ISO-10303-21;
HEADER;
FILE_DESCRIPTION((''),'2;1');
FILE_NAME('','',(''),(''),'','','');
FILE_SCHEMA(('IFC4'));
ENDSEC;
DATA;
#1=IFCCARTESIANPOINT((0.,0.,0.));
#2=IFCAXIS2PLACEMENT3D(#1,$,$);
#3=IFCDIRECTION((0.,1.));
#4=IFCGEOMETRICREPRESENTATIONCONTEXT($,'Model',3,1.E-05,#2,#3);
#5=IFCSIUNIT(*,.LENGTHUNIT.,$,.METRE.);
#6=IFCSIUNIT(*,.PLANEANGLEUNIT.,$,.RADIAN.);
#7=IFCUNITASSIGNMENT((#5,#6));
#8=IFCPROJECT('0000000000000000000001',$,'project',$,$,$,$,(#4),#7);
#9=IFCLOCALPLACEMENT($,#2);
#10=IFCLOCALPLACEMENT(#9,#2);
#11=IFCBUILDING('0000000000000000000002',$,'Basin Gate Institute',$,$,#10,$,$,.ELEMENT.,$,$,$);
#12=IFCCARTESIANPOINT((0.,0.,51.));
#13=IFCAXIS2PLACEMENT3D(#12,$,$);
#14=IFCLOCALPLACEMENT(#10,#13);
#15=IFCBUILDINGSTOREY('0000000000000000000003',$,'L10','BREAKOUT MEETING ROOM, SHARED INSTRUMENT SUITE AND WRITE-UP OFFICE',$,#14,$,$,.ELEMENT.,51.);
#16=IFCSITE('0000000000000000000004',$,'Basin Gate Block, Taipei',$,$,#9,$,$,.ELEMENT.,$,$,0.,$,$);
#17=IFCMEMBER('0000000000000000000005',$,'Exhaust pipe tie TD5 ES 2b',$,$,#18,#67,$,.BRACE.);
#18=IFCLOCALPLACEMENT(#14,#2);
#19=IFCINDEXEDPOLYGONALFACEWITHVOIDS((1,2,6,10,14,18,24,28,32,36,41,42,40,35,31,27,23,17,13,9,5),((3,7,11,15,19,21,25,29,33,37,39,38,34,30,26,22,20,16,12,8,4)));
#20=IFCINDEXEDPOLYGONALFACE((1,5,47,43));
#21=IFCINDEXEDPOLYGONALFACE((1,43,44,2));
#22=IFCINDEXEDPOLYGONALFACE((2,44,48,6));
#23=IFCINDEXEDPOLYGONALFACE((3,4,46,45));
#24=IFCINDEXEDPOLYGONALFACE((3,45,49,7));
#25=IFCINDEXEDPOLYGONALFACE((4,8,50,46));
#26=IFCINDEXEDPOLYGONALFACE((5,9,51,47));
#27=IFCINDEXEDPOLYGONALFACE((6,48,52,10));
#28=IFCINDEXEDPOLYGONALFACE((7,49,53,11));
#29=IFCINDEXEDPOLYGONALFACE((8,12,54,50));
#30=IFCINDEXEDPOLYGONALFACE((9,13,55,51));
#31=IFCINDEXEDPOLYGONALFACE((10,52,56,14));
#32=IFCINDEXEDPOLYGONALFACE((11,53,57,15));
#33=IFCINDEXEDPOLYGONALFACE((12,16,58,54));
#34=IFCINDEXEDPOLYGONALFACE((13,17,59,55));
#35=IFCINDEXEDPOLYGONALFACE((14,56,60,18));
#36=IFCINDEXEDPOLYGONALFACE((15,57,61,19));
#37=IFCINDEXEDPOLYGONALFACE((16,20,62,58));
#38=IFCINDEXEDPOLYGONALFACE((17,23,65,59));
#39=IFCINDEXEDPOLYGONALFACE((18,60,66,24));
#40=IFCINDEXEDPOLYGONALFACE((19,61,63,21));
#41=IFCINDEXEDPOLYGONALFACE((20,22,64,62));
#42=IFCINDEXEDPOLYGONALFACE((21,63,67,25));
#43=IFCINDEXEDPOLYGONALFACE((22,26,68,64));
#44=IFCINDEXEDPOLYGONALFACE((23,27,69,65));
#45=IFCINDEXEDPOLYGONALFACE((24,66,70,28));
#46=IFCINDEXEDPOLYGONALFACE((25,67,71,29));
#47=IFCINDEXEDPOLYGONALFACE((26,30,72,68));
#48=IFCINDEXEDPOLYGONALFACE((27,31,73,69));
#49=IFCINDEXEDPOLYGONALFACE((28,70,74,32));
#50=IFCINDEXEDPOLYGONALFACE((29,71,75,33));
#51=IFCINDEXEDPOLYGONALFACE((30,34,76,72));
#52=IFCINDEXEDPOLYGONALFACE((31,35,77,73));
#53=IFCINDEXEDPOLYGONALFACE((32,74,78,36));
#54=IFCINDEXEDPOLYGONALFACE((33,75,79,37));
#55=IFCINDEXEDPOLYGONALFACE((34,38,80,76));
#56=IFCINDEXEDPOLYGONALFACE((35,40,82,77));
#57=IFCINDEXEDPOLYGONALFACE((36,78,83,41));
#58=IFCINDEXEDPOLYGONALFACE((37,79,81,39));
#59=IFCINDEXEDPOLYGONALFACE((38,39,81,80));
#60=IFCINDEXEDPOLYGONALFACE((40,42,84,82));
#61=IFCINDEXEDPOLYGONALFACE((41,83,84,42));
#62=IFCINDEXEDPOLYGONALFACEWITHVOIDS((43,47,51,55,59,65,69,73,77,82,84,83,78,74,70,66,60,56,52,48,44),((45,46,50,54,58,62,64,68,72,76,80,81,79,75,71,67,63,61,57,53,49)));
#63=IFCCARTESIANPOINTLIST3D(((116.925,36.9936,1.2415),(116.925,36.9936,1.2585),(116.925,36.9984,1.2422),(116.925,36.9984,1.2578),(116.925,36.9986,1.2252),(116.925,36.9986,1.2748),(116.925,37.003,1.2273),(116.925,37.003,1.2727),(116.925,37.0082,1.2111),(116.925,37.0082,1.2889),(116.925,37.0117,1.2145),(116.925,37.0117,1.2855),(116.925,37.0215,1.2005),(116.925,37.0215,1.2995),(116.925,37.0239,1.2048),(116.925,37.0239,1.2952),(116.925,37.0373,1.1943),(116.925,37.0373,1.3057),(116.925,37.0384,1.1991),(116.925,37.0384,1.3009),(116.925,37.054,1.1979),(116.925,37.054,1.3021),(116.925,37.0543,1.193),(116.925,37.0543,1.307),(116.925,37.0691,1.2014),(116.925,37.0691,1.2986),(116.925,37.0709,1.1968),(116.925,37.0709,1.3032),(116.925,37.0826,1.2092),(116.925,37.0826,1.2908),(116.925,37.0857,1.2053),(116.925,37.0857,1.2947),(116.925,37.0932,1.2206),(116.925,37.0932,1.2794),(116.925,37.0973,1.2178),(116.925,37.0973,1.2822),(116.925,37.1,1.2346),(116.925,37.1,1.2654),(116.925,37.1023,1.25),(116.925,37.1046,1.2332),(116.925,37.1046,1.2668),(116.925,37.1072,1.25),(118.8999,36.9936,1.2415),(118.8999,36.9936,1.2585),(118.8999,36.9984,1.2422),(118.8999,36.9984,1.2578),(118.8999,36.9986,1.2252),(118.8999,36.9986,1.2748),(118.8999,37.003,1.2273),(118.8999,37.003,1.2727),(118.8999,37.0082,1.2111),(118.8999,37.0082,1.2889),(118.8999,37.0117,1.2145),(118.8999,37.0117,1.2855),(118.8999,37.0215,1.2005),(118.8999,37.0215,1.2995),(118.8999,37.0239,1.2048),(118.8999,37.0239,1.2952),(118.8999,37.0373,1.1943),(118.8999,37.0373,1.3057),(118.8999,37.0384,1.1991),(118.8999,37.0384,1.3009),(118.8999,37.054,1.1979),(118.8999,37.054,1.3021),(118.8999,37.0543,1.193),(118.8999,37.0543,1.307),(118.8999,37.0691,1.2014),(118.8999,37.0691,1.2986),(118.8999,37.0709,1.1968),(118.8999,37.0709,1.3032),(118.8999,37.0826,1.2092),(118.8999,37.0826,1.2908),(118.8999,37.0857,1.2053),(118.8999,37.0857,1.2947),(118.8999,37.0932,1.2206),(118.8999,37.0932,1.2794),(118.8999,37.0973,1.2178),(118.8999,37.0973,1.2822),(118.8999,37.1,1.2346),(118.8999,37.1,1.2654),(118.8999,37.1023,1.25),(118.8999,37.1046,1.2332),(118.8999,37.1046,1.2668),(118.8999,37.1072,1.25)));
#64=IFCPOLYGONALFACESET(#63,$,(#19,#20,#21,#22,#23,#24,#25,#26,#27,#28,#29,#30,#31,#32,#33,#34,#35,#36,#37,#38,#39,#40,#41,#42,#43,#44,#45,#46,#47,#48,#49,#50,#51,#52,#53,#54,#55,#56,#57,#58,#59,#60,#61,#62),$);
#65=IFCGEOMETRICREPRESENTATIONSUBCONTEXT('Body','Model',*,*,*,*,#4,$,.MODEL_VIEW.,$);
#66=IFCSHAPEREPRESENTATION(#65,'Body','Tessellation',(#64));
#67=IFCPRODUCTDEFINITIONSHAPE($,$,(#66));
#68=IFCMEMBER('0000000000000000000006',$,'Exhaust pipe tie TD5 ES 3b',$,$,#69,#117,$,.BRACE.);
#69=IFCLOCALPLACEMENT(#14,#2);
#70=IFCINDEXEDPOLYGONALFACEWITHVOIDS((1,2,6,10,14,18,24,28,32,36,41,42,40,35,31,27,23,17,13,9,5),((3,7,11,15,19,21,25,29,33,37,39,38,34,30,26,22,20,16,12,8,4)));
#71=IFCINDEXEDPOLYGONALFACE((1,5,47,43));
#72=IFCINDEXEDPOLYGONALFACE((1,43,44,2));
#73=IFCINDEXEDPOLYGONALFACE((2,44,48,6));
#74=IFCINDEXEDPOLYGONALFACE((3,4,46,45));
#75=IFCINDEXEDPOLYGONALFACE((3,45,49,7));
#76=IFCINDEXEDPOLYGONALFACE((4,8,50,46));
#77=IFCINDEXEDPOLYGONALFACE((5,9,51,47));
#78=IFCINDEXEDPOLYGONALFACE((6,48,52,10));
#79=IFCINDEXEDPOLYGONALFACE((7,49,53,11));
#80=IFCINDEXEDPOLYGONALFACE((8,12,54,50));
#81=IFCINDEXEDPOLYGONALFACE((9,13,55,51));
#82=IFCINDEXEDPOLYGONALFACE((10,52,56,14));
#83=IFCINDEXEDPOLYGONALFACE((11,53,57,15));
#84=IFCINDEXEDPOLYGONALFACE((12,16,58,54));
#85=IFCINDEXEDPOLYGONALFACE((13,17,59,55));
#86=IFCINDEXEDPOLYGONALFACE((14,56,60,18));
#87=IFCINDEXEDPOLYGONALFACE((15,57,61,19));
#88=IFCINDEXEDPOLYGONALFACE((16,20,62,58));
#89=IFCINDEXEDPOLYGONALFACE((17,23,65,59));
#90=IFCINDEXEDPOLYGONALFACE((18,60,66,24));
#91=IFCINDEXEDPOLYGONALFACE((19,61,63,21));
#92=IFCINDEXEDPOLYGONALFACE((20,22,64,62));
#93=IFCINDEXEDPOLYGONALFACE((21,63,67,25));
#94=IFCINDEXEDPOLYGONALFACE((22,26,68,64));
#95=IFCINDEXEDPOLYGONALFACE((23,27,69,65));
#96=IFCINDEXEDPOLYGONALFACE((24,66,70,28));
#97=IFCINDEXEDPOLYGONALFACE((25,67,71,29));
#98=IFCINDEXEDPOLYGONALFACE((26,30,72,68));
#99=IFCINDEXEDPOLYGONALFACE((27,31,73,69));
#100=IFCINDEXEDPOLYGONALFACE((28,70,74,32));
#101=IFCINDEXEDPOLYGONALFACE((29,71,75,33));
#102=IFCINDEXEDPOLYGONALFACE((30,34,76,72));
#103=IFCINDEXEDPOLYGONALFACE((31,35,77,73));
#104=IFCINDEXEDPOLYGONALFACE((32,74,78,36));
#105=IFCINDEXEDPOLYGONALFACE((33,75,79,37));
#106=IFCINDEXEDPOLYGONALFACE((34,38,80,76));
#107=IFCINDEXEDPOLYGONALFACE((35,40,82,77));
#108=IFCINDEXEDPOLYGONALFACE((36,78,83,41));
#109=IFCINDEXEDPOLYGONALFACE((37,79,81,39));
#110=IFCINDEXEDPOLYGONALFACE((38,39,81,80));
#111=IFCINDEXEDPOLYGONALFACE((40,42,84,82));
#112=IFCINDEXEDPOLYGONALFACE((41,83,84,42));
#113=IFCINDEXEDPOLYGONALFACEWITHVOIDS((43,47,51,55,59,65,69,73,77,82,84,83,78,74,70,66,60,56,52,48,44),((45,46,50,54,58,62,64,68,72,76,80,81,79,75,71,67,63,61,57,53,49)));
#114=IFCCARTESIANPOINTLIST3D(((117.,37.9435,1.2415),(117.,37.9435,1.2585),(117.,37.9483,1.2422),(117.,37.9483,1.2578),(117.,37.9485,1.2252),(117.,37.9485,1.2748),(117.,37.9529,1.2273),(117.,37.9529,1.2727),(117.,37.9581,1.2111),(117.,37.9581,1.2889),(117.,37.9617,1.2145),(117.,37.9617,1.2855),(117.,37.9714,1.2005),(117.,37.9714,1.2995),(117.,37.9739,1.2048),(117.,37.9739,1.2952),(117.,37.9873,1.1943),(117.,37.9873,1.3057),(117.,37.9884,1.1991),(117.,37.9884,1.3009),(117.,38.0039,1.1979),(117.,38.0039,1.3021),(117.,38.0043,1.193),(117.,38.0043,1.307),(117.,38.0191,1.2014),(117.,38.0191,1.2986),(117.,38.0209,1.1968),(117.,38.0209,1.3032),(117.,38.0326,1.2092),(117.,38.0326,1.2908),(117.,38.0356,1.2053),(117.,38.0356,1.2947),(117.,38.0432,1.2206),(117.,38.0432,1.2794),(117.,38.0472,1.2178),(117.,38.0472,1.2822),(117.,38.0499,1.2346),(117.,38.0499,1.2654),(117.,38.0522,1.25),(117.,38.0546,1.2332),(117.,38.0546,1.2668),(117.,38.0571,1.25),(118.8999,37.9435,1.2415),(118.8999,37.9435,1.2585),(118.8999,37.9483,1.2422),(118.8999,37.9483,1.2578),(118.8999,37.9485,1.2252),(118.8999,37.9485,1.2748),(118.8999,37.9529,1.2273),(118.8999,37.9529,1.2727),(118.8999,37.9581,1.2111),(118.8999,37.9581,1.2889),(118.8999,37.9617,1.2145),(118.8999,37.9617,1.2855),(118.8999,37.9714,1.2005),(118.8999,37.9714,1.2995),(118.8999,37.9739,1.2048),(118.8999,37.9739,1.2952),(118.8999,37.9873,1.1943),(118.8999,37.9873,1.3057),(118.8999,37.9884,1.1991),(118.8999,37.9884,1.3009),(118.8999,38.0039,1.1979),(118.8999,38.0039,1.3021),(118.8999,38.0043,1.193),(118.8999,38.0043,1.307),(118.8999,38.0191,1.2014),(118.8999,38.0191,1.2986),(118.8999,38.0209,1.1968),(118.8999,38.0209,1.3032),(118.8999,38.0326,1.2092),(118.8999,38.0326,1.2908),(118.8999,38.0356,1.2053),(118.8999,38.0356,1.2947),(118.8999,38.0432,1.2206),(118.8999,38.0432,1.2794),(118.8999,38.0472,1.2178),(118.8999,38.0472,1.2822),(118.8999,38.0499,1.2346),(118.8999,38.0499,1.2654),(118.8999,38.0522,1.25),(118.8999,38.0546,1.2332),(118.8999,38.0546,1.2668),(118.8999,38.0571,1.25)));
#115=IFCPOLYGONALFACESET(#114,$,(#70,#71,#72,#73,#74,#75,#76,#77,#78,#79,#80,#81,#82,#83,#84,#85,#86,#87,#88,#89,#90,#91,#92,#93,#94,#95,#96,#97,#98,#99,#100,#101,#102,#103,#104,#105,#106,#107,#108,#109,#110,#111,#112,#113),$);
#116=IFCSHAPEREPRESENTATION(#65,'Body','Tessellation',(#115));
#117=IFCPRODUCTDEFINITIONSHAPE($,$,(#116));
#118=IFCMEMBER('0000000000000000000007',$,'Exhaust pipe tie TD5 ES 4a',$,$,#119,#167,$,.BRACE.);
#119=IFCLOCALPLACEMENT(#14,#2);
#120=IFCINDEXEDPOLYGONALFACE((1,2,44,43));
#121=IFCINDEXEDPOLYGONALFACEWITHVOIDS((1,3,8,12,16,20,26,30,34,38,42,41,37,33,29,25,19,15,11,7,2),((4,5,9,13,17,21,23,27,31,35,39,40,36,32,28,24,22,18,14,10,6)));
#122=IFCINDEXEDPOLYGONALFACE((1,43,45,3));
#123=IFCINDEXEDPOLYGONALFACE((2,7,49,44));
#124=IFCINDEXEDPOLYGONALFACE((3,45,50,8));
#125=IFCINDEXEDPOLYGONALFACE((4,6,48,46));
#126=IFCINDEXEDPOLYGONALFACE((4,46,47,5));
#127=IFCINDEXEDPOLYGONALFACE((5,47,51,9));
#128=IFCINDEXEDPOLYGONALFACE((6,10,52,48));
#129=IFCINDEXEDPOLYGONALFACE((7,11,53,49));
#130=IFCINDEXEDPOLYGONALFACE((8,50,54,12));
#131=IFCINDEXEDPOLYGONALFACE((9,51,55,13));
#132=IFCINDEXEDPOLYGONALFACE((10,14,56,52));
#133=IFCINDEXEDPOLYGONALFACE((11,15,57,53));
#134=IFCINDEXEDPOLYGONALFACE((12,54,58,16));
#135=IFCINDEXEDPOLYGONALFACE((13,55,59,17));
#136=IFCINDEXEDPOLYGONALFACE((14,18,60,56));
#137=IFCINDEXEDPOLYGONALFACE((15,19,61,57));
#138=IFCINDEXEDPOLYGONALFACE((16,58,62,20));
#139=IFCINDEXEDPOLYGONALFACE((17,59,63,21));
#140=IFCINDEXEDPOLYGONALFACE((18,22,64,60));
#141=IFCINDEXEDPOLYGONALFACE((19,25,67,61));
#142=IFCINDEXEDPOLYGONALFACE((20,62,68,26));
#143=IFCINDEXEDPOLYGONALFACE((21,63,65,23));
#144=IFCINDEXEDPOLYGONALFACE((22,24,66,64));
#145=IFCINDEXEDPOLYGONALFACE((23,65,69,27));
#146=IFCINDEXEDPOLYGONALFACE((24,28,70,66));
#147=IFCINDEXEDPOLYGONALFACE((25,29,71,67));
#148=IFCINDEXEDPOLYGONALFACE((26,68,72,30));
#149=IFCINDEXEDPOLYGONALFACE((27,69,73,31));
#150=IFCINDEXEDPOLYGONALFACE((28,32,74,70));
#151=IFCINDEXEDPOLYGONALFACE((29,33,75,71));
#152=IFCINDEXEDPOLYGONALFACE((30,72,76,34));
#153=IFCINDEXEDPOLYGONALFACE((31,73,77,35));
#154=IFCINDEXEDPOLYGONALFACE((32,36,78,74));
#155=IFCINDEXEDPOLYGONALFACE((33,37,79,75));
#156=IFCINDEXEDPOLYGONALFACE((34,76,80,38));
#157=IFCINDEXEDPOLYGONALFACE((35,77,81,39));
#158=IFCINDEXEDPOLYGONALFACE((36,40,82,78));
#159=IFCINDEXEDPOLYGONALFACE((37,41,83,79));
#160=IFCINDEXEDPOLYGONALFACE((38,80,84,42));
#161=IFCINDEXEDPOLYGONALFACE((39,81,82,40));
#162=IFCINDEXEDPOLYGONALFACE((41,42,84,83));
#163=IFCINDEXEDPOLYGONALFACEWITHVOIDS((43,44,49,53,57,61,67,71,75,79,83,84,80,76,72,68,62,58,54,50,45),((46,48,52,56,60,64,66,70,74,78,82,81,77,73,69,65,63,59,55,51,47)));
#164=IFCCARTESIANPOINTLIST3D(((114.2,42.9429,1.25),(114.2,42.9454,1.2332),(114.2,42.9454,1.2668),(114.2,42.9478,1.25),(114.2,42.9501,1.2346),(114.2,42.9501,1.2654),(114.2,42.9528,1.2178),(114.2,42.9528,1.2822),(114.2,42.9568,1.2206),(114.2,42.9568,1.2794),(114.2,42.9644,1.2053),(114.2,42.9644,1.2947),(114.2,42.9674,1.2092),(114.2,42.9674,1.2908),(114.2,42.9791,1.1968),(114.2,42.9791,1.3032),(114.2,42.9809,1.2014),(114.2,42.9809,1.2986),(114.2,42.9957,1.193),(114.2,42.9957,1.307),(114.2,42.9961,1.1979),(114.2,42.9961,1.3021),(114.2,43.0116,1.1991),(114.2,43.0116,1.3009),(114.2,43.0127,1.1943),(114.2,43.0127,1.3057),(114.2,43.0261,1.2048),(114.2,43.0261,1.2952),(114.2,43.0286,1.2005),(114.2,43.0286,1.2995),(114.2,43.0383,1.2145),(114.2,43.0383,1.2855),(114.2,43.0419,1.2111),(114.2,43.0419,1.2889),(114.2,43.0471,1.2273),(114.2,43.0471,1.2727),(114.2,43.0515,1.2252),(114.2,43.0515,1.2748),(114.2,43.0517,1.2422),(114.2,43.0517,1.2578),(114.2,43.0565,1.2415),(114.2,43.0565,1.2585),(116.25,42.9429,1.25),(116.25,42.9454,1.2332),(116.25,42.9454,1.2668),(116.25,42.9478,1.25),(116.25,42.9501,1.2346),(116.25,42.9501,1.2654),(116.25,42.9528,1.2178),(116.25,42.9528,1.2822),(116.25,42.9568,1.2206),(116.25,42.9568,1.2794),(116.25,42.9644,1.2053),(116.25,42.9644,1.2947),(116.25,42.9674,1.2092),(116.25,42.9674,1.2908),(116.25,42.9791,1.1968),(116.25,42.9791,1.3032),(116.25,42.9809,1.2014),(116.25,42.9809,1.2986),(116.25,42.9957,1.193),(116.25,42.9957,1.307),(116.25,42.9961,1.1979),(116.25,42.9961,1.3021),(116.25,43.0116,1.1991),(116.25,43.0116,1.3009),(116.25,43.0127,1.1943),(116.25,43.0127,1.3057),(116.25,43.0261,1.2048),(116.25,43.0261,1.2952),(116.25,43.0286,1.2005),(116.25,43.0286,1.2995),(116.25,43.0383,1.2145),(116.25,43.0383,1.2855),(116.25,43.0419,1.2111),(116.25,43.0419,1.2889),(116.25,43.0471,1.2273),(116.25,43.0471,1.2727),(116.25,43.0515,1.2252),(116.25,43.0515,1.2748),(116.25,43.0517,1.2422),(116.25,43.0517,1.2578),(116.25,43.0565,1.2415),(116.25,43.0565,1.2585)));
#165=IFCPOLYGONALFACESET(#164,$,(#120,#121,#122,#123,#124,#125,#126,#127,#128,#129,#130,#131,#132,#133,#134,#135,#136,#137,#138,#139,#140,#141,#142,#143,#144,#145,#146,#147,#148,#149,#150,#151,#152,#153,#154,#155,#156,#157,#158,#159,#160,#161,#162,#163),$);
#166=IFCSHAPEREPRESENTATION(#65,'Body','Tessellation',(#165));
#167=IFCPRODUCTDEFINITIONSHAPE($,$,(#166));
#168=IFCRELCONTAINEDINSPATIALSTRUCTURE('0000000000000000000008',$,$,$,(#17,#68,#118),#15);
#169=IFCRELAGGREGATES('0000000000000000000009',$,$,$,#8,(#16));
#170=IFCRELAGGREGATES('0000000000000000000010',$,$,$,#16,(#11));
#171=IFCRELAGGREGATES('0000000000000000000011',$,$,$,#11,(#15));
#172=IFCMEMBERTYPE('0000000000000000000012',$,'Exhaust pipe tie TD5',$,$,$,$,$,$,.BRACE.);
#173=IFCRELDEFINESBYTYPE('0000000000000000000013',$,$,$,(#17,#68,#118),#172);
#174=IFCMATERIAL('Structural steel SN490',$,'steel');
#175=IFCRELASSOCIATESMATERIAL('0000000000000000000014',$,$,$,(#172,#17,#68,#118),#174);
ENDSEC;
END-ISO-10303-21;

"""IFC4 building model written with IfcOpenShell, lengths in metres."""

from ifc_helpers import new_model, si_unit, direction, frame, origin, origin_2d, place, context, subcontext, project, spatial, hollow_circle, extrude, material, material_profile, profile_set, type_object, element, save


model = new_model("IFC4")

# Units and contexts
model_context = context("Model", 3, precision=1e-05, world=origin(), true_north=direction((0.0, 1.0)))
body_context = subcontext(model_context, "Body", "Model", "MODEL_VIEW")
ifc_project = project(units=[si_unit("LENGTHUNIT", "METRE"), si_unit("PLANEANGLEUNIT", "RADIAN")], contexts=[model_context])

# Site, building, storey
site_placement = place(None, origin())
site = spatial("IfcSite", under=ifc_project, at=site_placement, Name="Basin Gate Block, Taipei", CompositionType="ELEMENT", RefElevation=0.0)
building_placement = place(site_placement, origin())
building = spatial("IfcBuilding", under=site, at=building_placement, Name="Basin Gate Institute", CompositionType="ELEMENT")
storey_placement = place(building_placement, frame((0.0, 0.0, 51.0)))
storey = spatial("IfcBuildingStorey", under=building, at=storey_placement, Name="L10", Description="BREAKOUT MEETING ROOM, SHARED INSTRUMENT SUITE AND WRITE-UP OFFICE", CompositionType="ELEMENT", Elevation=51.0)

# Members
ifc_material_1 = material(Name="Structural steel SN490", Category="steel")
ifc_material_profile_1 = material_profile(ifc_material_1, hollow_circle(Radius=0.0571, WallThickness=0.0049, at=origin_2d()), Name="CHS114x5")
ifc_profile_set_1 = profile_set([ifc_material_profile_1], Name="Structural steel SN490")
member_type_1 = type_object("IfcMemberType", Name="Exhaust pipe tie TD5", PredefinedType="BRACE", material=ifc_profile_set_1)
member_1_placement = place(storey_placement, frame((116.925, 37.05, 1.25), z_axis=(1.0, 0.0, 0.0), x_axis=(0.0, 1.0, 0.0)))
element("IfcMember", 1, at=member_1_placement, inside=storey, type_object=member_type_1, material=ifc_profile_set_1, Name="Exhaust pipe tie TD5 ES 2b", PredefinedType="BRACE", context=body_context, shape_type="SweptSolid", body=[
    extrude(hollow_circle(Radius=0.0571, WallThickness=0.0049, at=origin_2d()), origin(), (0.0, 0.0, 1.0), 1.9749),
])
member_2_placement = place(storey_placement, frame((117.0, 38.0, 1.25), z_axis=(1.0, 0.0, 0.0), x_axis=(0.0, 1.0, 0.0)))
element("IfcMember", 2, at=member_2_placement, inside=storey, type_object=member_type_1, material=ifc_profile_set_1, Name="Exhaust pipe tie TD5 ES 3b", PredefinedType="BRACE", context=body_context, shape_type="SweptSolid", body=[
    extrude(hollow_circle(Radius=0.0571, WallThickness=0.0049, at=origin_2d()), origin(), (0.0, 0.0, 1.0), 1.8999),
])
member_3_placement = place(storey_placement, frame((116.25, 43.0, 1.25), z_axis=(-1.0, 0.0, 0.0), x_axis=(0.0, -1.0, 0.0)))
element("IfcMember", 3, at=member_3_placement, inside=storey, type_object=member_type_1, material=ifc_profile_set_1, Name="Exhaust pipe tie TD5 ES 4a", PredefinedType="BRACE", context=body_context, shape_type="SweptSolid", body=[
    extrude(hollow_circle(Radius=0.0571, WallThickness=0.0049, at=origin_2d()), origin(), (0.0, 0.0, 1.0), 2.05),
])

save(model, "model.ifc")
